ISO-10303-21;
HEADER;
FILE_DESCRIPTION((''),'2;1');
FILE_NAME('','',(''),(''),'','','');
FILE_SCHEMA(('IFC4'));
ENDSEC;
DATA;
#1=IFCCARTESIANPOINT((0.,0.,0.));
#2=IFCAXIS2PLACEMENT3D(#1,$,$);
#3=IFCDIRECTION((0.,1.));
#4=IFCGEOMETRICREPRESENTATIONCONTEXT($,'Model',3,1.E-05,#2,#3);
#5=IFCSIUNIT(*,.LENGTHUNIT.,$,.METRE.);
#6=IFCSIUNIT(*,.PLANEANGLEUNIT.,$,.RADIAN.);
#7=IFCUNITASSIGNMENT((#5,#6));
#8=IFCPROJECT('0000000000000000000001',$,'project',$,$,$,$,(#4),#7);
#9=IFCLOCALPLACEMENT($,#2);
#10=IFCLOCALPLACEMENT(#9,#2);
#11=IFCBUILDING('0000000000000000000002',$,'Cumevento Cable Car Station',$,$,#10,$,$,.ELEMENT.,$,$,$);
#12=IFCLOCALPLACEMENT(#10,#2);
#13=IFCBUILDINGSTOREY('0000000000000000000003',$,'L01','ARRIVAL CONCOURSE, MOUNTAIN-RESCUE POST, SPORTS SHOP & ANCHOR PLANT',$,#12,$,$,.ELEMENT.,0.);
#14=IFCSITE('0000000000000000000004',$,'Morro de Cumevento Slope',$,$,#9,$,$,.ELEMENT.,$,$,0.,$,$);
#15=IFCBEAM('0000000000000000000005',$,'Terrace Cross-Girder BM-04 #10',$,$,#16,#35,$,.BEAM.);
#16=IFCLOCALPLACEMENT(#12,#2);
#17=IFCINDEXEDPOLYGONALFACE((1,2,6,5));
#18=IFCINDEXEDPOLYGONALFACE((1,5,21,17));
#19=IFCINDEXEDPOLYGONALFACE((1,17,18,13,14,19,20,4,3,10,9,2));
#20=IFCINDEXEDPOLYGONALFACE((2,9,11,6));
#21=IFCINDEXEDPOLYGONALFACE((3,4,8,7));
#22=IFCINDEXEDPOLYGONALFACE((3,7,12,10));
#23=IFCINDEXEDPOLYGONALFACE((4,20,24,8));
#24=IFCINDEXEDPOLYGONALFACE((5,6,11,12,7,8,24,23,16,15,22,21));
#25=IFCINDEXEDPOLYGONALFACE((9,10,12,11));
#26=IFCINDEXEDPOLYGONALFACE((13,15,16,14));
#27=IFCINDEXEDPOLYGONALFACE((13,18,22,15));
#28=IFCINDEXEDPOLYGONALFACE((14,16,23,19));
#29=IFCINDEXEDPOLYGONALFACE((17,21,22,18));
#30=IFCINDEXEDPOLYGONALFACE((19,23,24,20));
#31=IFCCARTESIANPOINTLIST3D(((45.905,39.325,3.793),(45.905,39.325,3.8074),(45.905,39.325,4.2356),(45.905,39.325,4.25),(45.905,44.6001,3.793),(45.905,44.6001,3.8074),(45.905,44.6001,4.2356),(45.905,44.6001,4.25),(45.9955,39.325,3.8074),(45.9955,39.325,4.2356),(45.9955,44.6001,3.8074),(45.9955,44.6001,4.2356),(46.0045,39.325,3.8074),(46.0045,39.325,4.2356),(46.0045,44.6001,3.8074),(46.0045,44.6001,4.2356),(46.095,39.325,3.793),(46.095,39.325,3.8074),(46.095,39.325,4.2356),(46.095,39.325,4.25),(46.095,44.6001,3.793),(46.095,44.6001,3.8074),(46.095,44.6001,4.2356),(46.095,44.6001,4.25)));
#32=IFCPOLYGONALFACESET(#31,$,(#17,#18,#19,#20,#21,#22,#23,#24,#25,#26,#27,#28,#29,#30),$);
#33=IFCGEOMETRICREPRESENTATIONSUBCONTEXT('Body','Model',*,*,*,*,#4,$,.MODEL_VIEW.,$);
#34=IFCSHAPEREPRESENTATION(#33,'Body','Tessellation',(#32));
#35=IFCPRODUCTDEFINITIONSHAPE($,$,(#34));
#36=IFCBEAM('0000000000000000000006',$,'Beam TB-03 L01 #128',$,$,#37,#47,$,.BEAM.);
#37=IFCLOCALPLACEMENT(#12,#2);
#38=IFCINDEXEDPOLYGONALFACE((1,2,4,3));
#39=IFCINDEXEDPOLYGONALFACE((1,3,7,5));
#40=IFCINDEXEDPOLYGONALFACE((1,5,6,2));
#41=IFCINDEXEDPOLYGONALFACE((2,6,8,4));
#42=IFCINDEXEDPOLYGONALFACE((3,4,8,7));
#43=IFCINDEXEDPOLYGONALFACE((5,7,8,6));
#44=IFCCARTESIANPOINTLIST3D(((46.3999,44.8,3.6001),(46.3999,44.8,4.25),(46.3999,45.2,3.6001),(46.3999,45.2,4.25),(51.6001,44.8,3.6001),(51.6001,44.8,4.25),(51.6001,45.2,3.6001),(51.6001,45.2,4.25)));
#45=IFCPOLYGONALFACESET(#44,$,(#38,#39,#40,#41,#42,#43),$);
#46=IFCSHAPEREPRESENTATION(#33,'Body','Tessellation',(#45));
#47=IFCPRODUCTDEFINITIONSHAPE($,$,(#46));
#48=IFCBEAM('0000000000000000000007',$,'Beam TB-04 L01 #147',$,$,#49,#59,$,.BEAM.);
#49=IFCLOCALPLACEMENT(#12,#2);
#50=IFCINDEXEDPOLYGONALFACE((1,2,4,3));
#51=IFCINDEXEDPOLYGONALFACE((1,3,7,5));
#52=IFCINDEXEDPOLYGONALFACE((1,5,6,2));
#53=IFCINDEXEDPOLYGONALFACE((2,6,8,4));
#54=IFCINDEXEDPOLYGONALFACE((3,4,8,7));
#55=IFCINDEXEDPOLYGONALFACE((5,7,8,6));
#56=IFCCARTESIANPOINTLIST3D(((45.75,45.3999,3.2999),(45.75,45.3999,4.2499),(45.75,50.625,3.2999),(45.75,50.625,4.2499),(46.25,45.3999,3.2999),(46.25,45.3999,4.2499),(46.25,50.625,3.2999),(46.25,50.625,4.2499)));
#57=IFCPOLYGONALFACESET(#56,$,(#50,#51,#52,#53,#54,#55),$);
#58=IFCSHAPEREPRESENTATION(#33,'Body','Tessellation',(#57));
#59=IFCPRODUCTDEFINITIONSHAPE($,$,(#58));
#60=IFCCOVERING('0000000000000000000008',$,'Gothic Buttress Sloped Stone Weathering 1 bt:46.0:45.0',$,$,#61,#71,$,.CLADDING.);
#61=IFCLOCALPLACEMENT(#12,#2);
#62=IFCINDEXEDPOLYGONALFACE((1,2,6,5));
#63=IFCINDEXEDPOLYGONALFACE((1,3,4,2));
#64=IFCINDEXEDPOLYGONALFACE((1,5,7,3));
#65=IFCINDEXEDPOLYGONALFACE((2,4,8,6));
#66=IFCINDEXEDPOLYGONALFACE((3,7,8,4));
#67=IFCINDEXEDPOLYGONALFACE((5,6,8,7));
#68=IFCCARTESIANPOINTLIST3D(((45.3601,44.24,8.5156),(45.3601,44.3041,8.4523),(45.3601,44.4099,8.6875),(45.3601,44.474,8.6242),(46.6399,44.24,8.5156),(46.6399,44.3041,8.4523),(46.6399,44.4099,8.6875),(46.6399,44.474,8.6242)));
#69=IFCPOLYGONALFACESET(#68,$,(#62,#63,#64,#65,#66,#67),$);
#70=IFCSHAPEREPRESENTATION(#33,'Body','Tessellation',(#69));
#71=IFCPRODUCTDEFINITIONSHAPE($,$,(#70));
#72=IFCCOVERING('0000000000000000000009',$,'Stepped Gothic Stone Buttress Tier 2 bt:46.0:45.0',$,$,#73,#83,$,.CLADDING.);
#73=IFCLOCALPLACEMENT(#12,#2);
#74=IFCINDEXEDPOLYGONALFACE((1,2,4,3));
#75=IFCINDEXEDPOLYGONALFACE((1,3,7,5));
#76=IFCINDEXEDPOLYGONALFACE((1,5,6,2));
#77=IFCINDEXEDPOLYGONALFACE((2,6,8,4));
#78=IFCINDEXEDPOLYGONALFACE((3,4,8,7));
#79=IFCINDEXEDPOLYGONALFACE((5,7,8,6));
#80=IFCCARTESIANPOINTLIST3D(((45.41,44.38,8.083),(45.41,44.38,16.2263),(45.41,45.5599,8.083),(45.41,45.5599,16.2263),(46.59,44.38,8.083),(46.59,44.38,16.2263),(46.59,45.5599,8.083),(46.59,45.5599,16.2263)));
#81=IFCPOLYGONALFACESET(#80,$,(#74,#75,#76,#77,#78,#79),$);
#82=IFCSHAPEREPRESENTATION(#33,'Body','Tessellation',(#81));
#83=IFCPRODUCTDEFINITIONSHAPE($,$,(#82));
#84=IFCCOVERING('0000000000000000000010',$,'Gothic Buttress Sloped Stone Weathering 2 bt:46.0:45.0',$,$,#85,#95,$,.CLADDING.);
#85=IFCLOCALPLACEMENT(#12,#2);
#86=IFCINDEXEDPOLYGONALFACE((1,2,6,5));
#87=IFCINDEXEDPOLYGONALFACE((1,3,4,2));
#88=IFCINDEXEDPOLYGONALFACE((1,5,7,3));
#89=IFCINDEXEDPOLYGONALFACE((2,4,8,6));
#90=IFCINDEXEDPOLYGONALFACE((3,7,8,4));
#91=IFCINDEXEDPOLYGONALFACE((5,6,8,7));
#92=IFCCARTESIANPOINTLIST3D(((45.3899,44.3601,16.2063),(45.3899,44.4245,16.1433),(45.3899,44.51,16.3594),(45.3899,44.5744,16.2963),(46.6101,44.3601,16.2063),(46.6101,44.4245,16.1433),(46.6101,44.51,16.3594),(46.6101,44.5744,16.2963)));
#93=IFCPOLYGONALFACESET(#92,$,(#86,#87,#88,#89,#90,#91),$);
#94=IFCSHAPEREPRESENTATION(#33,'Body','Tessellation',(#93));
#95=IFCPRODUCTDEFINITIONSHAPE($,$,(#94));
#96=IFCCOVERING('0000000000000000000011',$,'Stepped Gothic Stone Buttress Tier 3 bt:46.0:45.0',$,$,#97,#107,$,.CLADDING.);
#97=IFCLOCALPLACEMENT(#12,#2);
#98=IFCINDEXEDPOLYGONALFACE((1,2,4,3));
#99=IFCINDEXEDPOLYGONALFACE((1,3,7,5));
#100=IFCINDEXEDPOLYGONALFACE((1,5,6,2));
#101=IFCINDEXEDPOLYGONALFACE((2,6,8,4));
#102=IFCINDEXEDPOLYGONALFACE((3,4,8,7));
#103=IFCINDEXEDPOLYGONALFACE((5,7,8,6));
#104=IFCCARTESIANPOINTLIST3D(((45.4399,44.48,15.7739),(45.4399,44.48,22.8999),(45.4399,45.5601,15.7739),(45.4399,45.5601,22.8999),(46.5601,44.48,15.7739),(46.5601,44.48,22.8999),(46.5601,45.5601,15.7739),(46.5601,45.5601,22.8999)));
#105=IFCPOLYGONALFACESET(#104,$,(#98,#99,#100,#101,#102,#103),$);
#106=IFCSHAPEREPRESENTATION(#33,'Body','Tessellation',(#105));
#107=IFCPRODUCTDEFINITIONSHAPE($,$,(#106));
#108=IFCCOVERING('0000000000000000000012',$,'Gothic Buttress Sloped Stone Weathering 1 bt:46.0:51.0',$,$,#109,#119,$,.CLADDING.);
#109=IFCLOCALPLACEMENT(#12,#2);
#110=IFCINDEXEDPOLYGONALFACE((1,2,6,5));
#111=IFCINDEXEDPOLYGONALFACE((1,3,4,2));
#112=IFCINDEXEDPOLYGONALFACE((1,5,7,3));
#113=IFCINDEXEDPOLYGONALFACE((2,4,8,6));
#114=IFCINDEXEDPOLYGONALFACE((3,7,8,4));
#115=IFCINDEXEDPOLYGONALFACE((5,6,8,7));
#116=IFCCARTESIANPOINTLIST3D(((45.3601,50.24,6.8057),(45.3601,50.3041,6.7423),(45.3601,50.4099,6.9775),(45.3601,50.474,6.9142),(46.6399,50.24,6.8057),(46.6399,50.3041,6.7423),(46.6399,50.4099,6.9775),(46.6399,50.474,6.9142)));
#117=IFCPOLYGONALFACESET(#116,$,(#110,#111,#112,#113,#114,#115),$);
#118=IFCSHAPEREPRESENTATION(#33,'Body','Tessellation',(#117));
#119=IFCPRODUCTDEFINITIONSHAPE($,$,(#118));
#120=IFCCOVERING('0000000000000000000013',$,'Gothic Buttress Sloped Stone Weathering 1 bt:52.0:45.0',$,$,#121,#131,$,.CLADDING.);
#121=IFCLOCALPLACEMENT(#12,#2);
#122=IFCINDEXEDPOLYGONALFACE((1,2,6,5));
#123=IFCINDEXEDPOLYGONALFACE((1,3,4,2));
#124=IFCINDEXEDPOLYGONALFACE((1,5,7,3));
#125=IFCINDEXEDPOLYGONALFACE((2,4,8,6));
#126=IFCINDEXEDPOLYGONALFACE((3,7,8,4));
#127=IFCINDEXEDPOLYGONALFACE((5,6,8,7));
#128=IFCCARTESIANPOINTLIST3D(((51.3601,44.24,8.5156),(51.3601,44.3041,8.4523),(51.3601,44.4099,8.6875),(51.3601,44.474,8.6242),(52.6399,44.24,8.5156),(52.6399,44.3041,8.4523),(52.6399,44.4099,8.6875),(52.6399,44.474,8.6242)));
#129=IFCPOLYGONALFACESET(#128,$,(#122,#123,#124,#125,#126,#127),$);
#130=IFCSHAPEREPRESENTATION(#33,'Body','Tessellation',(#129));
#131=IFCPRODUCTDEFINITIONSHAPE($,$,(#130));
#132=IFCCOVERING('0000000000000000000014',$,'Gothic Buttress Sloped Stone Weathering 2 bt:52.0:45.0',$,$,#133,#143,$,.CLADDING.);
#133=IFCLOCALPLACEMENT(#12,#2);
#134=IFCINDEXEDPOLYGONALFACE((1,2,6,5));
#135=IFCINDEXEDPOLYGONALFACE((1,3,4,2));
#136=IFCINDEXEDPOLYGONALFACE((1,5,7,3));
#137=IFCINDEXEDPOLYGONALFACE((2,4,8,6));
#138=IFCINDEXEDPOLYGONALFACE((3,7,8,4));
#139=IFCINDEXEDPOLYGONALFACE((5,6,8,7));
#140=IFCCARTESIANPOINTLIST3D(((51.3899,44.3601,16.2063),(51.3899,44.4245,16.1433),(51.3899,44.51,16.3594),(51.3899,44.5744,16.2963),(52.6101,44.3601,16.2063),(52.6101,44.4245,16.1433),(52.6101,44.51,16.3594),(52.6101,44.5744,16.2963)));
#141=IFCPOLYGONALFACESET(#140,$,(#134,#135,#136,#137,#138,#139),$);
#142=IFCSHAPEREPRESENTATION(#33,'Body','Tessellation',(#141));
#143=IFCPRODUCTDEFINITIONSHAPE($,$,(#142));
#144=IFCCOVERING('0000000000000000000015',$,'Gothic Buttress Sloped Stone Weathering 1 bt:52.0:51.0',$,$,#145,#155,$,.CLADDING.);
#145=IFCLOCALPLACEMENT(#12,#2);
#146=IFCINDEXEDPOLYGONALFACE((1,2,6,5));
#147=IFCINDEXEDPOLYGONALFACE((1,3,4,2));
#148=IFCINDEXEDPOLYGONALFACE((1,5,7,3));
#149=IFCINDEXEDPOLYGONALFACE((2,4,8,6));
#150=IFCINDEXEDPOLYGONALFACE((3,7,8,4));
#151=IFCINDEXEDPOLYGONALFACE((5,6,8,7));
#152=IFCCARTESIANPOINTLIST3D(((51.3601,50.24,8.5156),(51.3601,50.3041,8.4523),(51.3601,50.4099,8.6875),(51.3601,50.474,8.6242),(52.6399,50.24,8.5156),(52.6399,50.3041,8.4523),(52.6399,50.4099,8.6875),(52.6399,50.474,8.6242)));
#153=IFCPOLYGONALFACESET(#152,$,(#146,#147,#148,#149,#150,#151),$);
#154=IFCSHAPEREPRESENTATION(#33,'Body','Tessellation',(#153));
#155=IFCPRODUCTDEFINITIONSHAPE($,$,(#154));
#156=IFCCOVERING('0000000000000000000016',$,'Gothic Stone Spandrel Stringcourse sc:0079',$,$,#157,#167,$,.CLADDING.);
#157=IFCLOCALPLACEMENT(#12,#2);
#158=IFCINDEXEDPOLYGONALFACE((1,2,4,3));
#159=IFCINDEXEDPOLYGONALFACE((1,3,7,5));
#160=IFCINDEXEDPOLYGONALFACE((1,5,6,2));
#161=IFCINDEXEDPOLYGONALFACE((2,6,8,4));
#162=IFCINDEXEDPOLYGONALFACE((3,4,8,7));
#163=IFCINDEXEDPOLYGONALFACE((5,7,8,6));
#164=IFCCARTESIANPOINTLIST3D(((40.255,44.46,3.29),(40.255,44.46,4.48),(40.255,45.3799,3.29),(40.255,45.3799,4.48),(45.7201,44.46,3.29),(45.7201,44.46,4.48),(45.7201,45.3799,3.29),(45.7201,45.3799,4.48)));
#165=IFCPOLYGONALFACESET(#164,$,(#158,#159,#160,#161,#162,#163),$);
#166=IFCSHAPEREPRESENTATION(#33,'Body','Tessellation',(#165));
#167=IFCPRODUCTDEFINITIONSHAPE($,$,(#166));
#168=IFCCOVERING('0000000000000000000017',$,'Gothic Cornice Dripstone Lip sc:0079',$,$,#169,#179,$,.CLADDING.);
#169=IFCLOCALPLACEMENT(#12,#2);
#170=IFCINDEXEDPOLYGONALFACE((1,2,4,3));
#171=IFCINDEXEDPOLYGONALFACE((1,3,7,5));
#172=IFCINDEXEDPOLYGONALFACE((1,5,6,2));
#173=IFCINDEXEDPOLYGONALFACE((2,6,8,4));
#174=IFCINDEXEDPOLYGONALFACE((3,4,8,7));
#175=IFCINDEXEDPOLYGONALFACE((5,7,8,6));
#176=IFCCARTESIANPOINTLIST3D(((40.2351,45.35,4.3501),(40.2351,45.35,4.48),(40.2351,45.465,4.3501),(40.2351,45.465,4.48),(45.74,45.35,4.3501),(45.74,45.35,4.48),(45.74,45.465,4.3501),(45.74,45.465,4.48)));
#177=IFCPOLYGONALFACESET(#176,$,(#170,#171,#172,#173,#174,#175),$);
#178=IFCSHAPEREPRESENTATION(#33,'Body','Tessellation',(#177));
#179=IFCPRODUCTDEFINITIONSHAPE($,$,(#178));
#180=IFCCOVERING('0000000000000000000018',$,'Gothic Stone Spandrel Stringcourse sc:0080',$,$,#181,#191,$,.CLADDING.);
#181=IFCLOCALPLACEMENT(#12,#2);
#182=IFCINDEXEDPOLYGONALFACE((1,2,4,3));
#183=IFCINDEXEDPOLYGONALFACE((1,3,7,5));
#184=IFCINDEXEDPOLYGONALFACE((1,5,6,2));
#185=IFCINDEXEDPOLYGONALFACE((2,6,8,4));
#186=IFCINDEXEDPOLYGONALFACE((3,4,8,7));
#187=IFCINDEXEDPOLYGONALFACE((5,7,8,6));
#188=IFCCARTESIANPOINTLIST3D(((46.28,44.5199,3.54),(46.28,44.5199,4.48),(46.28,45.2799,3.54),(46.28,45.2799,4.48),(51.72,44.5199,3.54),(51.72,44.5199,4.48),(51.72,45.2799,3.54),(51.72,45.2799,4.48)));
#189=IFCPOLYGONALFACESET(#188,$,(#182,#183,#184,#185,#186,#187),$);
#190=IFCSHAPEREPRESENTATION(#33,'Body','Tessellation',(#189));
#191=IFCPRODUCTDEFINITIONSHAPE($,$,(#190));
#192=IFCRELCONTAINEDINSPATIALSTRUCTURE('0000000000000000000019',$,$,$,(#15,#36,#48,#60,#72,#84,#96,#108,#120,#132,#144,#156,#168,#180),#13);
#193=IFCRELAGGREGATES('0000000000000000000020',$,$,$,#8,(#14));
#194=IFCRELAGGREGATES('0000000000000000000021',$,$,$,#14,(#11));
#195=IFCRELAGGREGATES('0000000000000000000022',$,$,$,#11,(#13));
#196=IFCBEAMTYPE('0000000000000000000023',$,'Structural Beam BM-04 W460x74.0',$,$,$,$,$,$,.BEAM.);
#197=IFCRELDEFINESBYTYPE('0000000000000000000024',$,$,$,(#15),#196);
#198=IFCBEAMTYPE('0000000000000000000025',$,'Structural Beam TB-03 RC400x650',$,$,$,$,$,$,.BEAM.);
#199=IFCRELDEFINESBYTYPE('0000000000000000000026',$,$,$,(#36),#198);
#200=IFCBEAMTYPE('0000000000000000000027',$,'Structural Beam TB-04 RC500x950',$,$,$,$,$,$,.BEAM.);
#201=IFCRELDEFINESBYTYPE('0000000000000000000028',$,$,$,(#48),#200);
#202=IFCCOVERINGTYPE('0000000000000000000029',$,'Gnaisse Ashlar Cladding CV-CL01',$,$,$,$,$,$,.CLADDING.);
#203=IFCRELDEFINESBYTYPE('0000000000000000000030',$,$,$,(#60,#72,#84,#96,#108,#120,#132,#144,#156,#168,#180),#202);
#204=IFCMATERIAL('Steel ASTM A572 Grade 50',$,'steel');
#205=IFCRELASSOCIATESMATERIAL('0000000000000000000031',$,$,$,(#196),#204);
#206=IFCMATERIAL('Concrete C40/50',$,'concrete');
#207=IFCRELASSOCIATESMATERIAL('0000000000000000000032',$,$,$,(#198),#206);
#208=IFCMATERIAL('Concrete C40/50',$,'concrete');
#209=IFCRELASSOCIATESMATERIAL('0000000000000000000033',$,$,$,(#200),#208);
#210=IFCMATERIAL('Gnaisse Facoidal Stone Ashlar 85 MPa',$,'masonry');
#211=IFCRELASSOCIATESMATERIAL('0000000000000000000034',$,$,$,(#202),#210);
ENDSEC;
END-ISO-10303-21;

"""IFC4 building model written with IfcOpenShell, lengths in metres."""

from ifc_helpers import new_model, si_unit, direction, frame, origin, origin_2d, place, context, subcontext, project, spatial, polyline, rectangle, i_section, outline, extrude, material, material_profile, profile_set, type_object, element, save


model = new_model("IFC4")

# Units and contexts
model_context = context("Model", 3, precision=1e-05, world=origin(), true_north=direction((0.0, 1.0)))
body_context = subcontext(model_context, "Body", "Model", "MODEL_VIEW")
ifc_project = project(units=[si_unit("LENGTHUNIT", "METRE"), si_unit("PLANEANGLEUNIT", "RADIAN")], contexts=[model_context])

# Site, building, storey
site_placement = place(None, origin())
site = spatial("IfcSite", under=ifc_project, at=site_placement, Name="Morro de Cumevento Slope", CompositionType="ELEMENT", RefElevation=0.0)
building_placement = place(site_placement, origin())
building = spatial("IfcBuilding", under=site, at=building_placement, Name="Cumevento Cable Car Station", CompositionType="ELEMENT")
storey_placement = place(building_placement, origin())
storey = spatial("IfcBuildingStorey", under=building, at=storey_placement, Name="L01", Description="ARRIVAL CONCOURSE, MOUNTAIN-RESCUE POST, SPORTS SHOP & ANCHOR PLANT", CompositionType="ELEMENT", Elevation=0.0)

# Beams
ifc_material_1 = material(Name="Steel ASTM A572 Grade 50", Category="steel")
ifc_material_profile_1 = material_profile(ifc_material_1, i_section(OverallWidth=0.1899, OverallDepth=0.457, WebThickness=0.009, FlangeThickness=0.0144, at=origin_2d()), Name="W460x74.0")
ifc_profile_set_1 = profile_set([ifc_material_profile_1], Name="Steel ASTM A572 Grade 50")
beam_type_1 = type_object("IfcBeamType", Name="Structural Beam BM-04 W460x74.0", PredefinedType="BEAM", material=ifc_profile_set_1)
beam_1_placement = place(storey_placement, frame((46.0, 39.325, 4.0215), z_axis=(0.0, 1.0, 0.0), x_axis=(-1.0, 0.0, 0.0)))
element("IfcBeam", 1, at=beam_1_placement, inside=storey, type_object=beam_type_1, Name="Terrace Cross-Girder BM-04 #10", PredefinedType="BEAM", context=body_context, shape_type="SweptSolid", body=[
    extrude(i_section(OverallWidth=0.1899, OverallDepth=0.457, WebThickness=0.009, FlangeThickness=0.0144, at=origin_2d()), origin(), (0.0, 0.0, 1.0), 5.2751),
])
ifc_material_2 = material(Name="Concrete C40/50", Category="concrete")
ifc_material_profile_2 = material_profile(ifc_material_2, rectangle(XDim=0.3999, YDim=0.6499, at=origin_2d()), Name="RC400x650")
ifc_profile_set_2 = profile_set([ifc_material_profile_2], Name="Concrete C40/50")
beam_type_2 = type_object("IfcBeamType", Name="Structural Beam TB-03 RC400x650", PredefinedType="BEAM", material=ifc_profile_set_2)
beam_2_placement = place(storey_placement, frame((46.3999, 45.0, 3.925), z_axis=(1.0, 0.0, 0.0), x_axis=(0.0, 1.0, 0.0)))
element("IfcBeam", 2, at=beam_2_placement, inside=storey, type_object=beam_type_2, Name="Beam TB-03 L01 #128", PredefinedType="BEAM", context=body_context, shape_type="SweptSolid", body=[
    extrude(rectangle(XDim=0.3999, YDim=0.6499, at=origin_2d()), origin(), (0.0, 0.0, 1.0), 5.2002),
])
ifc_material_3 = material(Name="Concrete C40/50", Category="concrete")
ifc_material_profile_3 = material_profile(ifc_material_3, rectangle(XDim=0.5, YDim=0.95, at=origin_2d()), Name="RC500x950")
ifc_profile_set_3 = profile_set([ifc_material_profile_3], Name="Concrete C40/50")
beam_type_3 = type_object("IfcBeamType", Name="Structural Beam TB-04 RC500x950", PredefinedType="BEAM", material=ifc_profile_set_3)
beam_3_placement = place(storey_placement, frame((46.0, 45.3999, 3.7749), z_axis=(0.0, 1.0, 0.0), x_axis=(-1.0, 0.0, 0.0)))
element("IfcBeam", 3, at=beam_3_placement, inside=storey, type_object=beam_type_3, Name="Beam TB-04 L01 #147", PredefinedType="BEAM", context=body_context, shape_type="SweptSolid", body=[
    extrude(rectangle(XDim=0.5, YDim=0.95, at=origin_2d()), origin(), (0.0, 0.0, 1.0), 5.2251),
])

# Coverings
ifc_material_4 = material(Name="Gnaisse Facoidal Stone Ashlar 85 MPa", Category="masonry")
covering_type = type_object("IfcCoveringType", Name="Gnaisse Ashlar Cladding CV-CL01", PredefinedType="CLADDING", material=ifc_material_4)
covering_1_placement = place(storey_placement, frame((45.3601, 44.24, 8.5156), z_axis=(0.0, -0.711136, 0.703055), x_axis=(1.0, 0.0, 0.0)))
element("IfcCovering", 4, at=covering_1_placement, inside=storey, type_object=covering_type, Name="Gothic Buttress Sloped Stone Weathering 1 bt:46.0:45.0", PredefinedType="CLADDING", context=body_context, shape_type="SweptSolid", body=[
    extrude(outline(polyline([(0.0, 0.0), (1.2798, 0.0), (1.2798, 0.2417), (0.0, 0.2417), (0.0, 0.0)])), origin(), (0.0, 0.0, -1.0), 0.0901),
])
covering_2_placement = place(storey_placement, frame((46.0, 44.97, 8.083), z_axis=(0.0, 0.0, 1.0), x_axis=(1.0, 0.0, 0.0)))
element("IfcCovering", 5, at=covering_2_placement, inside=storey, type_object=covering_type, Name="Stepped Gothic Stone Buttress Tier 2 bt:46.0:45.0", PredefinedType="CLADDING", context=body_context, shape_type="SweptSolid", body=[
    extrude(rectangle(XDim=1.1799, YDim=1.1799, at=origin_2d()), origin(), (0.0, 0.0, 1.0), 8.1433),
])
covering_3_placement = place(storey_placement, frame((45.3899, 44.3601, 16.2063), z_axis=(0.0, -0.714475, 0.699661), x_axis=(1.0, 0.0, 0.0)))
element("IfcCovering", 6, at=covering_3_placement, inside=storey, type_object=covering_type, Name="Gothic Buttress Sloped Stone Weathering 2 bt:46.0:45.0", PredefinedType="CLADDING", context=body_context, shape_type="SweptSolid", body=[
    extrude(outline(polyline([(0.0, 0.0), (1.2202, 0.0), (1.2202, 0.2142), (0.0, 0.2142), (0.0, 0.0)])), origin(), (0.0, 0.0, -1.0), 0.0901),
])
covering_4_placement = place(storey_placement, frame((46.0, 45.02, 15.7739), z_axis=(0.0, 0.0, 1.0), x_axis=(1.0, 0.0, 0.0)))
element("IfcCovering", 7, at=covering_4_placement, inside=storey, type_object=covering_type, Name="Stepped Gothic Stone Buttress Tier 3 bt:46.0:45.0", PredefinedType="CLADDING", context=body_context, shape_type="SweptSolid", body=[
    extrude(rectangle(XDim=1.1201, YDim=1.0801, at=origin_2d()), origin(), (0.0, 0.0, 1.0), 7.126),
])
for number, where, z_axis, x_axis, name in (
    (8, (45.3601, 50.24, 6.8057), (0.0, -0.711136, 0.703055), (1.0, 0.0, 0.0), "Gothic Buttress Sloped Stone Weathering 1 bt:46.0:51.0"),
    (9, (51.3601, 44.24, 8.5156), (0.0, -0.711136, 0.703055), (1.0, 0.0, 0.0), "Gothic Buttress Sloped Stone Weathering 1 bt:52.0:45.0"),
):
    element("IfcCovering", number, at=place(storey_placement, frame(where, z_axis=z_axis, x_axis=x_axis)), inside=storey, type_object=covering_type, Name=name, PredefinedType="CLADDING", context=body_context, shape_type="SweptSolid", body=[
        extrude(outline(polyline([(0.0, 0.0), (1.2798, 0.0), (1.2798, 0.2417), (0.0, 0.2417), (0.0, 0.0)])), origin(), (0.0, 0.0, -1.0), 0.0901),
    ])
covering_5_placement = place(storey_placement, frame((51.3899, 44.3601, 16.2063), z_axis=(0.0, -0.714475, 0.699661), x_axis=(1.0, 0.0, 0.0)))
element("IfcCovering", 10, at=covering_5_placement, inside=storey, type_object=covering_type, Name="Gothic Buttress Sloped Stone Weathering 2 bt:52.0:45.0", PredefinedType="CLADDING", context=body_context, shape_type="SweptSolid", body=[
    extrude(outline(polyline([(0.0, 0.0), (1.2202, 0.0), (1.2202, 0.2142), (0.0, 0.2142), (0.0, 0.0)])), origin(), (0.0, 0.0, -1.0), 0.0901),
])
covering_6_placement = place(storey_placement, frame((51.3601, 50.24, 8.5156), z_axis=(0.0, -0.711136, 0.703055), x_axis=(1.0, 0.0, 0.0)))
element("IfcCovering", 11, at=covering_6_placement, inside=storey, type_object=covering_type, Name="Gothic Buttress Sloped Stone Weathering 1 bt:52.0:51.0", PredefinedType="CLADDING", context=body_context, shape_type="SweptSolid", body=[
    extrude(outline(polyline([(0.0, 0.0), (1.2798, 0.0), (1.2798, 0.2417), (0.0, 0.2417), (0.0, 0.0)])), origin(), (0.0, 0.0, -1.0), 0.0901),
])
covering_7_placement = place(storey_placement, frame((42.9875, 44.9199, 3.29), z_axis=(0.0, 0.0, 1.0), x_axis=(1.0, 0.0, 0.0)))
element("IfcCovering", 12, at=covering_7_placement, inside=storey, type_object=covering_type, Name="Gothic Stone Spandrel Stringcourse sc:0079", PredefinedType="CLADDING", context=body_context, shape_type="SweptSolid", body=[
    extrude(rectangle(XDim=5.4651, YDim=0.9199, at=origin_2d()), origin(), (0.0, 0.0, 1.0), 1.1899),
])
covering_8_placement = place(storey_placement, frame((42.9875, 45.4075, 4.3501), z_axis=(0.0, 0.0, 1.0), x_axis=(1.0, 0.0, 0.0)))
element("IfcCovering", 13, at=covering_8_placement, inside=storey, type_object=covering_type, Name="Gothic Cornice Dripstone Lip sc:0079", PredefinedType="CLADDING", context=body_context, shape_type="SweptSolid", body=[
    extrude(rectangle(XDim=5.5049, YDim=0.115, at=origin_2d()), origin(), (0.0, 0.0, 1.0), 0.1299),
])
covering_9_placement = place(storey_placement, frame((49.0, 44.8999, 3.54), z_axis=(0.0, 0.0, 1.0), x_axis=(1.0, 0.0, 0.0)))
element("IfcCovering", 14, at=covering_9_placement, inside=storey, type_object=covering_type, Name="Gothic Stone Spandrel Stringcourse sc:0080", PredefinedType="CLADDING", context=body_context, shape_type="SweptSolid", body=[
    extrude(rectangle(XDim=5.4399, YDim=0.76, at=origin_2d()), origin(), (0.0, 0.0, 1.0), 0.9399),
])

save(model, "model.ifc")
